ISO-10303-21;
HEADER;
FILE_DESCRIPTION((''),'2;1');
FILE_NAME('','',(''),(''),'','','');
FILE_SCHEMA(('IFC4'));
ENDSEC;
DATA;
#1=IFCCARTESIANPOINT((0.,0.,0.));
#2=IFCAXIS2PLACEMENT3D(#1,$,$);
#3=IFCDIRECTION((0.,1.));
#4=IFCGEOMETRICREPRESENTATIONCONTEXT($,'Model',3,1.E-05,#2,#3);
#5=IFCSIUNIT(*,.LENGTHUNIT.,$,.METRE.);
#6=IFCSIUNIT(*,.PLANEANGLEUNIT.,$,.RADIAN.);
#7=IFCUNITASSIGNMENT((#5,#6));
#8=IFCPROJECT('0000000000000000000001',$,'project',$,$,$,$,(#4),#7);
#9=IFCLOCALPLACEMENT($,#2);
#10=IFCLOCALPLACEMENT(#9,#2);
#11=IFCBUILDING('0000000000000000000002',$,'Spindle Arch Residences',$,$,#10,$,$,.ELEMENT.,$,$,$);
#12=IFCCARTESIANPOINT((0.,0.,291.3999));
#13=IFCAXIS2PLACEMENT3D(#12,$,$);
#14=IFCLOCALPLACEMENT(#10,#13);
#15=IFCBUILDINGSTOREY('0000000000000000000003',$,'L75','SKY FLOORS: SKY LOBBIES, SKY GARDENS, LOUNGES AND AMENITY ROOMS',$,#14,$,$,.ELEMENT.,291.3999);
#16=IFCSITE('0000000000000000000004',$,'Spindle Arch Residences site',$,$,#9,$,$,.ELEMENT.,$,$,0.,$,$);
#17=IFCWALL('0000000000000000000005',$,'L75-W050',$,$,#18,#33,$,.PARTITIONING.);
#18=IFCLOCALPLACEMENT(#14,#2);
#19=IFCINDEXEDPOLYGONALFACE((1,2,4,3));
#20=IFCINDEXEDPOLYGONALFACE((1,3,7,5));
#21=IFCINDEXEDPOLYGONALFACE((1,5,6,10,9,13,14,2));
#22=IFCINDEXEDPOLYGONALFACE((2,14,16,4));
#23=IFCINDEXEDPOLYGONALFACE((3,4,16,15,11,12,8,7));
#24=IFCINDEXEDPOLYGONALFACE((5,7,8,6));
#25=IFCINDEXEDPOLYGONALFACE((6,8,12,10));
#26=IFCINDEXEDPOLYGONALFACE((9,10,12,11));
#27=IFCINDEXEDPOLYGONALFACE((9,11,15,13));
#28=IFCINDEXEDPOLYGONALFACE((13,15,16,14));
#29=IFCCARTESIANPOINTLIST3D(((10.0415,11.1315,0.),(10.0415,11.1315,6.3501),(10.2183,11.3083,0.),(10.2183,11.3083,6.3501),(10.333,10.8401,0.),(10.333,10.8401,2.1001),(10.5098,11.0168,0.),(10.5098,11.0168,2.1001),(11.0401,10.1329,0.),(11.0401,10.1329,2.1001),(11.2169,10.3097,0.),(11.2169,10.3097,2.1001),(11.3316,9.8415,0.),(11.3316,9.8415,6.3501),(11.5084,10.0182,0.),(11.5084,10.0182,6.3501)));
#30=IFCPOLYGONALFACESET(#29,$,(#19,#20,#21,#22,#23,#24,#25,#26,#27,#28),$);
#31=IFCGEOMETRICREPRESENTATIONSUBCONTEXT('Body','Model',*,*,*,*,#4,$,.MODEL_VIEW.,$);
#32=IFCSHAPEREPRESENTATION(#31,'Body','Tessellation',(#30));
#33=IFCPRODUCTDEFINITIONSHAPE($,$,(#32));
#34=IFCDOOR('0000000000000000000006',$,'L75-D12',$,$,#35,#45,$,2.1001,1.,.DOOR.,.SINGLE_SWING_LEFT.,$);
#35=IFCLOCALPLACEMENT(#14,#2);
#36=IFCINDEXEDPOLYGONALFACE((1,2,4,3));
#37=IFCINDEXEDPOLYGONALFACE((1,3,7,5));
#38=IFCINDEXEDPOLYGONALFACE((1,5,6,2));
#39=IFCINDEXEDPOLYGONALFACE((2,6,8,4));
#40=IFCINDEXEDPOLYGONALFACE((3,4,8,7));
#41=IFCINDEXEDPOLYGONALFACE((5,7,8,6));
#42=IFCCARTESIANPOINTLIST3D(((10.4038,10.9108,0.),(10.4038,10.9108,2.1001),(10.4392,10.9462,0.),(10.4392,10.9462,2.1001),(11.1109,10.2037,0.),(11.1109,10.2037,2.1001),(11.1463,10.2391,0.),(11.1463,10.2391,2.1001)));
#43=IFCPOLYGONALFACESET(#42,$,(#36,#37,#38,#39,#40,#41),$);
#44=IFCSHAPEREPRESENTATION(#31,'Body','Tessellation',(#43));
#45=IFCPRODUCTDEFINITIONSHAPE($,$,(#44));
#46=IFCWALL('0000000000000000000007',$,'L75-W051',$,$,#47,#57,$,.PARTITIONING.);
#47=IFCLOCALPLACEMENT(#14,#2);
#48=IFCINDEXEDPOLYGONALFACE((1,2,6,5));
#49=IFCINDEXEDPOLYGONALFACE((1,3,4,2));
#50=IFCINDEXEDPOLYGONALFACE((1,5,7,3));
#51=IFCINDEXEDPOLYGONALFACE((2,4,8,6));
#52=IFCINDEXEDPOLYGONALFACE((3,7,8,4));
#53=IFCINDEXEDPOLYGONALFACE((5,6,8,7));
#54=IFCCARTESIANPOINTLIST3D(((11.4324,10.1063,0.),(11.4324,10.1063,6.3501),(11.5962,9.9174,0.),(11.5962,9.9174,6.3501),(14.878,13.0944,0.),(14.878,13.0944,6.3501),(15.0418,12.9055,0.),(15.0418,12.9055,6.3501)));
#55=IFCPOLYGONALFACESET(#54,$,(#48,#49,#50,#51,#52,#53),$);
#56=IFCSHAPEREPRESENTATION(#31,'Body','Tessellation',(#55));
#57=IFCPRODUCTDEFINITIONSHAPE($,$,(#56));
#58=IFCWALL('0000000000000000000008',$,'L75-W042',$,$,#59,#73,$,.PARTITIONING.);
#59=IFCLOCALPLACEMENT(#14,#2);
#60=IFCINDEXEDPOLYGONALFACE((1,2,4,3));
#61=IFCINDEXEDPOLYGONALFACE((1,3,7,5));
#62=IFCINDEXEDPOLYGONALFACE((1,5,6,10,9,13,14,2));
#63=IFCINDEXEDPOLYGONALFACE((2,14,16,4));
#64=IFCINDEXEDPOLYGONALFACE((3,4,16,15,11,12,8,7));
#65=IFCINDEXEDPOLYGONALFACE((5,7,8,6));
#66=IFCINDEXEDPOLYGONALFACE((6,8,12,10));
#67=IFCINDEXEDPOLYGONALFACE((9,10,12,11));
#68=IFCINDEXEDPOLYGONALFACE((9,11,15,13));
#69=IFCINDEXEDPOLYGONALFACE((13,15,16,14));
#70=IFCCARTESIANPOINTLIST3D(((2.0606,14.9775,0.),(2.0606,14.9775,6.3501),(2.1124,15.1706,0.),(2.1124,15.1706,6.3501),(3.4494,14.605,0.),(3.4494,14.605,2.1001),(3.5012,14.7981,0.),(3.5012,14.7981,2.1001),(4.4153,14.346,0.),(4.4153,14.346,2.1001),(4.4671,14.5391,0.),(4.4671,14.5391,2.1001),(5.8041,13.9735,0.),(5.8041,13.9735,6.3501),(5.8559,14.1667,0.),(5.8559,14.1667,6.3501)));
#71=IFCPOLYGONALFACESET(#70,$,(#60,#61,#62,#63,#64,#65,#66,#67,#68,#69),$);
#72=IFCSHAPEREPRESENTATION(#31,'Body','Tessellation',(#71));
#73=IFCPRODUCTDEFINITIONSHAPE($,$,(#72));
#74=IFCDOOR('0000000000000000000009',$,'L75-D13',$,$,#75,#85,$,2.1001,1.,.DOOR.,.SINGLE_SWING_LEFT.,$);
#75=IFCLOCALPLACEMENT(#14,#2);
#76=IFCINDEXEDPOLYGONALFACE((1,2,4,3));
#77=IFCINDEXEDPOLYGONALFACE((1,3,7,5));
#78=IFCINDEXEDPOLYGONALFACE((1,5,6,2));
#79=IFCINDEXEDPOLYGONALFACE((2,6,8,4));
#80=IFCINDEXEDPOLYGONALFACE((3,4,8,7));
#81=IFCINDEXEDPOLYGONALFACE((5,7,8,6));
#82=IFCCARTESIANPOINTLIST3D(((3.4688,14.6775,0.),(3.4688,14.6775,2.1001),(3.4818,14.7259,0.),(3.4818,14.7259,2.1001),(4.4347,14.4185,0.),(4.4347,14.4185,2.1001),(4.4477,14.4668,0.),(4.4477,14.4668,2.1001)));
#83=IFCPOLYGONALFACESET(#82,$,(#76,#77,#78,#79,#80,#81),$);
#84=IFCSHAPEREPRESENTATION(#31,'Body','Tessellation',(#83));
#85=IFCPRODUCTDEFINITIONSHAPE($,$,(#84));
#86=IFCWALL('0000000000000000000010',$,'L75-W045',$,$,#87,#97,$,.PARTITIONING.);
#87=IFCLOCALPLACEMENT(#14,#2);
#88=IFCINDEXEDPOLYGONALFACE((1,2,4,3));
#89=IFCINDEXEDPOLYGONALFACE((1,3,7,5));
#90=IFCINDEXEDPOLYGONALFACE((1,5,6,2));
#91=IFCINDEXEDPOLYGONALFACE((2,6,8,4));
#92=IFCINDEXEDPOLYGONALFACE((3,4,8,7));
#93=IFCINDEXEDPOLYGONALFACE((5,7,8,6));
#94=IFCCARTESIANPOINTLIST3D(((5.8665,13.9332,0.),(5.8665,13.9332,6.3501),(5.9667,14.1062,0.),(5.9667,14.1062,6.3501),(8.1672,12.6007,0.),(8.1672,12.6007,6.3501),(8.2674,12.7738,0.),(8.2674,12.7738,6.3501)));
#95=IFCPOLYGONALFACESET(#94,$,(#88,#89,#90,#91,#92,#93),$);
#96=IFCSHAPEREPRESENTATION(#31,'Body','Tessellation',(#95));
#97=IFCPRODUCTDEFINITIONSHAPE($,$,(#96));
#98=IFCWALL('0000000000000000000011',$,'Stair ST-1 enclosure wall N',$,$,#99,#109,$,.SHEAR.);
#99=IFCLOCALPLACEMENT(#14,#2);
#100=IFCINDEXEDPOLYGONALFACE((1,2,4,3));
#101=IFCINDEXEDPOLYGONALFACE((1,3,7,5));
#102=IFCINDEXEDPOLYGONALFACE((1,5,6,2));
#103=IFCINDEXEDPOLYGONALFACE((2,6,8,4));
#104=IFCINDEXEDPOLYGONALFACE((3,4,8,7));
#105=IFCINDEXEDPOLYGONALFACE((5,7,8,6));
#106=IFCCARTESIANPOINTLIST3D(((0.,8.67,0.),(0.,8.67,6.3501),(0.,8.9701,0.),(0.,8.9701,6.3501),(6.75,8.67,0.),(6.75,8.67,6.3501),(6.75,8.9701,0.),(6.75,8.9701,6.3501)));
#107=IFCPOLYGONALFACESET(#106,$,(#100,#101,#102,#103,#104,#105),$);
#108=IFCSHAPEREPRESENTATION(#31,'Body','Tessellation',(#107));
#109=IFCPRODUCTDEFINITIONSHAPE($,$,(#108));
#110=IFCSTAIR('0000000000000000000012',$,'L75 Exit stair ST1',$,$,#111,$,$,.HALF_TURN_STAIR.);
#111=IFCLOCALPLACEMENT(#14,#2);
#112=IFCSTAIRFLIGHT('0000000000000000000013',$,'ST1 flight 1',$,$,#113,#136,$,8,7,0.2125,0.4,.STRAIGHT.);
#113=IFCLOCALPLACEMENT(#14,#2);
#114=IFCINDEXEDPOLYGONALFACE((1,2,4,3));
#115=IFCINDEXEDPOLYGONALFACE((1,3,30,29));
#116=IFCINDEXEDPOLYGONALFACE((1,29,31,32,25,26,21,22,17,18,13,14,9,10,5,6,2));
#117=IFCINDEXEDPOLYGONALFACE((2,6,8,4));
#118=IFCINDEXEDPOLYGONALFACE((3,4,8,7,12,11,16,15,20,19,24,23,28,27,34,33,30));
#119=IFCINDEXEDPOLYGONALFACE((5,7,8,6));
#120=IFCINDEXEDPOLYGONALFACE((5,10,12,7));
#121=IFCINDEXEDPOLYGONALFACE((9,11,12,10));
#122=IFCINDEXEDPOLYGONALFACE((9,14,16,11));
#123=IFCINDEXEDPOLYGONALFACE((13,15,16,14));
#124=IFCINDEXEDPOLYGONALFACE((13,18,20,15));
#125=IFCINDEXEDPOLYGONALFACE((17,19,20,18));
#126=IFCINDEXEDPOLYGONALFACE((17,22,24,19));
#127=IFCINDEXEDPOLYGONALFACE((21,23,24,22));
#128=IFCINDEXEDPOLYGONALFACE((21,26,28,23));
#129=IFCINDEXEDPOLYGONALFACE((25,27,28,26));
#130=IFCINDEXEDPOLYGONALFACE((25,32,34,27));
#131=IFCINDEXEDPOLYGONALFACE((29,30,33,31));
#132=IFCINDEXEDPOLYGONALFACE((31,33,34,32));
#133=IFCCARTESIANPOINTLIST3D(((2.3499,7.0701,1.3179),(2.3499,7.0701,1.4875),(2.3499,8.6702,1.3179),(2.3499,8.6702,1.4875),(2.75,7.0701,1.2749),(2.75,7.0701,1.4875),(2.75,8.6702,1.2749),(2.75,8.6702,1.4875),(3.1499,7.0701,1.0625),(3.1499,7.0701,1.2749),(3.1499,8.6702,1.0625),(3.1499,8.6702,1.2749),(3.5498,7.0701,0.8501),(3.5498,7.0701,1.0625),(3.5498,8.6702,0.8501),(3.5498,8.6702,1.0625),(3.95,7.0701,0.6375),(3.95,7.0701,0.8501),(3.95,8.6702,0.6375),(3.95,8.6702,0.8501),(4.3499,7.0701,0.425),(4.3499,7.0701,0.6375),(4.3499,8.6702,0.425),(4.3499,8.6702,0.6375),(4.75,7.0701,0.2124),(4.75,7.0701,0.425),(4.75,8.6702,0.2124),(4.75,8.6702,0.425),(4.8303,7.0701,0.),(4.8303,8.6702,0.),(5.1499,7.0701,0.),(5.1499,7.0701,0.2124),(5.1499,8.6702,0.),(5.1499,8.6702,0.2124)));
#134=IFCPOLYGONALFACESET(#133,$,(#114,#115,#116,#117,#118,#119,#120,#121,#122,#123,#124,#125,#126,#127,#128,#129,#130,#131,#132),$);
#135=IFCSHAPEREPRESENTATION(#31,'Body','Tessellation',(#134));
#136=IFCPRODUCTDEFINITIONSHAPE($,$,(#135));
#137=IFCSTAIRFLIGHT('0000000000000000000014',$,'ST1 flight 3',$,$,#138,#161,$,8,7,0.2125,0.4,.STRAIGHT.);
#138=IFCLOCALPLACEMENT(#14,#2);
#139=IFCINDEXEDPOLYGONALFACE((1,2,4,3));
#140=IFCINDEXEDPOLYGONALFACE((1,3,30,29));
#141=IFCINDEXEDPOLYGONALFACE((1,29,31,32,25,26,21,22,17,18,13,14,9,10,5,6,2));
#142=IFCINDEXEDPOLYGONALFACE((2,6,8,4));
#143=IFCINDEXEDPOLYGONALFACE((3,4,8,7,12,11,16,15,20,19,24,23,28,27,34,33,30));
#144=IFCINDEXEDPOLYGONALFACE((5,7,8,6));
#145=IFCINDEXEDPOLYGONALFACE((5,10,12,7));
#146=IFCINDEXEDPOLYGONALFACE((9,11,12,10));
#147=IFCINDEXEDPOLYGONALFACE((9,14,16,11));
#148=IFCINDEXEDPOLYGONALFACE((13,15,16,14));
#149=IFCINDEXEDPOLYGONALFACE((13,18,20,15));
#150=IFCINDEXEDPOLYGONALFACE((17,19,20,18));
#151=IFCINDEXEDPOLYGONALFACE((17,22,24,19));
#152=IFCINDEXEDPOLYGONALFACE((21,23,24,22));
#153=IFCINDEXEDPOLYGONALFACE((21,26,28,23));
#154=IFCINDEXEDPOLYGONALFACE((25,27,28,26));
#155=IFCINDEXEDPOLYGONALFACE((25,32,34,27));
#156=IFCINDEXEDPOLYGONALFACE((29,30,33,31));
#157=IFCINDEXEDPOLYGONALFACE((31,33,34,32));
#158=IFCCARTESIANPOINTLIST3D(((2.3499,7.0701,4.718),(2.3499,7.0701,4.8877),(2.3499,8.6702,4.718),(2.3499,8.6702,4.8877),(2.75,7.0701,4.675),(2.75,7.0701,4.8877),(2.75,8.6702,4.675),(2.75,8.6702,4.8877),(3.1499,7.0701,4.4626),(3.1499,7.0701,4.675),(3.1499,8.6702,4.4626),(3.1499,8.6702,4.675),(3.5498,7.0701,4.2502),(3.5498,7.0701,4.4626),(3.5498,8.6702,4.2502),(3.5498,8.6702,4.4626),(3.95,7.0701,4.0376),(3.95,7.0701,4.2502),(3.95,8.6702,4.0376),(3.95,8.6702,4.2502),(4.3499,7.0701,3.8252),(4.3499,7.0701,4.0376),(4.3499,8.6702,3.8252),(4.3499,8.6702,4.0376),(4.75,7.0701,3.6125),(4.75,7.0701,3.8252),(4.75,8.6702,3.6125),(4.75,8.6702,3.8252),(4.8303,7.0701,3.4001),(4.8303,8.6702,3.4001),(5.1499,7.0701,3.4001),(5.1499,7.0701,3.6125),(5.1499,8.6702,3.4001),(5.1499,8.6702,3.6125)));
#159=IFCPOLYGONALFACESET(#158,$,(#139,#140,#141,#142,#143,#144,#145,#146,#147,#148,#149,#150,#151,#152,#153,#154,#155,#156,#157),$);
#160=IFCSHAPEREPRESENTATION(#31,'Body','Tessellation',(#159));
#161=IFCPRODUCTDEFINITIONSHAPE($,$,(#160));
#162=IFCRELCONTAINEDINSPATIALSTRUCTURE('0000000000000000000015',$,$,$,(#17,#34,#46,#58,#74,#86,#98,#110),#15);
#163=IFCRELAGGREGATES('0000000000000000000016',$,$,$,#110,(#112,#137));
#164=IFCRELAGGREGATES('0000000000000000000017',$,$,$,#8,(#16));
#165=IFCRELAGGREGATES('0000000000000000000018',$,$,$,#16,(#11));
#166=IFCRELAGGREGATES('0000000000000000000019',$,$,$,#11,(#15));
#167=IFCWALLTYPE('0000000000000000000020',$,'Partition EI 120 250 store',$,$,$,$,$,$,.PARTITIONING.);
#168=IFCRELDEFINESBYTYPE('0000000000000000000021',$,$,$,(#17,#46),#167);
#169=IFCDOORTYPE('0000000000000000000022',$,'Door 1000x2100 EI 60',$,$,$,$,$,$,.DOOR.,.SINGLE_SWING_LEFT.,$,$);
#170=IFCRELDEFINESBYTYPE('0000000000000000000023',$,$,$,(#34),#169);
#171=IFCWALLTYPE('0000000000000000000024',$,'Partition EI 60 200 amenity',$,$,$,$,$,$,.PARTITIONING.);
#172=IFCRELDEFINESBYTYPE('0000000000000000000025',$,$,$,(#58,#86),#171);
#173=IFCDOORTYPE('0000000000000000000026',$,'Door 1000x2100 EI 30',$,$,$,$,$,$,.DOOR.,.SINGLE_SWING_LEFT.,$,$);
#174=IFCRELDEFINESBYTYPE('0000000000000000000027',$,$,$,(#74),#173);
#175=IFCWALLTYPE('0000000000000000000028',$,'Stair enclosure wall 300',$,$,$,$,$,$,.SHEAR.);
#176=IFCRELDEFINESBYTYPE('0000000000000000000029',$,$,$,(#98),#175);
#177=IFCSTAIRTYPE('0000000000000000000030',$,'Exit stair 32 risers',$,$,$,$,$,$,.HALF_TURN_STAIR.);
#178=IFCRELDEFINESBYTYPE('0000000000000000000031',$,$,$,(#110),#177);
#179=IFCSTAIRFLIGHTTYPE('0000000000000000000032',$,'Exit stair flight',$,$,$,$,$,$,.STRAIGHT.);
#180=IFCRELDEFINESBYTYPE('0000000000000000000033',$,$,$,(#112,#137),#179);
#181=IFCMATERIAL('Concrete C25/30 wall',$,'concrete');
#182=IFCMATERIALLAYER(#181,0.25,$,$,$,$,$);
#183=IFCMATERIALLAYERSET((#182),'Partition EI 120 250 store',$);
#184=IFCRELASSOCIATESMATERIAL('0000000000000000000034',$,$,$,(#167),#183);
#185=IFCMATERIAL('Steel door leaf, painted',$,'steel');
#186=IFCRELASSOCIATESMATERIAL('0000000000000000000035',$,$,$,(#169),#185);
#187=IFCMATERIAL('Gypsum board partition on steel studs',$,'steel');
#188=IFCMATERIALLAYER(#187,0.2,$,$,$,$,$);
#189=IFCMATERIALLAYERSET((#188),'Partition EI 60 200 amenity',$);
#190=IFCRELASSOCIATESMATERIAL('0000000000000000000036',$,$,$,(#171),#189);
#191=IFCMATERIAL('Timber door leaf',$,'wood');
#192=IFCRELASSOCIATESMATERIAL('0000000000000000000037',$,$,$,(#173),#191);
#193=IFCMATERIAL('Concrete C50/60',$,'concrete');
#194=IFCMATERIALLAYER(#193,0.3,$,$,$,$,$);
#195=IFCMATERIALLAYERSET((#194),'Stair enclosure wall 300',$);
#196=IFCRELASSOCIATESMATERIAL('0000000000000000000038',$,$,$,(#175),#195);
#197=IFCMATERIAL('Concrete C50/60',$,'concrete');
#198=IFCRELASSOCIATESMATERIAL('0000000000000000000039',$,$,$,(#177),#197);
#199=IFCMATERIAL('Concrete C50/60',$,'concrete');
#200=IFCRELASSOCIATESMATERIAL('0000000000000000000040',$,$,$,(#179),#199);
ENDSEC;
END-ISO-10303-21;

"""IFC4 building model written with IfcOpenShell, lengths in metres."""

from ifc_helpers import new_model, si_unit, direction, frame, frame_2d, origin, place, context, subcontext, project, spatial, polyline, rectangle, outline, extrude, material, layer, layer_set, type_object, element, fill, aggregate, save


model = new_model("IFC4")

# Units and contexts
model_context = context("Model", 3, precision=1e-05, world=origin(), true_north=direction((0.0, 1.0)))
body_context = subcontext(model_context, "Body", "Model", "MODEL_VIEW")
ifc_project = project(units=[si_unit("LENGTHUNIT", "METRE"), si_unit("PLANEANGLEUNIT", "RADIAN")], contexts=[model_context])

# Site, building, storey
site_placement = place(None, origin())
site = spatial("IfcSite", under=ifc_project, at=site_placement, Name="Spindle Arch Residences site", CompositionType="ELEMENT", RefElevation=0.0)
building_placement = place(site_placement, origin())
building = spatial("IfcBuilding", under=site, at=building_placement, Name="Spindle Arch Residences", CompositionType="ELEMENT")
storey_placement = place(building_placement, frame((0.0, 0.0, 291.3999)))
storey = spatial("IfcBuildingStorey", under=building, at=storey_placement, Name="L75", Description="SKY FLOORS: SKY LOBBIES, SKY GARDENS, LOUNGES AND AMENITY ROOMS", CompositionType="ELEMENT", Elevation=291.3999)

# Shared definitions
ifc_material_1 = material(Name="Concrete C25/30 wall", Category="concrete")
ifc_layer_1 = layer(ifc_material_1, 0.25)
ifc_layer_set_1 = layer_set([ifc_layer_1], Name="Partition EI 120 250 store")
wall_type_1 = type_object("IfcWallType", Name="Partition EI 120 250 store", PredefinedType="PARTITIONING", material=ifc_layer_set_1)

# Wall, opening, door
wall_1_placement = place(storey_placement, frame((11.4199, 9.9299, 0.0), z_axis=(0.0, 0.0, 1.0), x_axis=(-0.707107, 0.707107, 0.0)))
wall_1 = element("IfcWall", 1, at=wall_1_placement, inside=storey, type_object=wall_type_1, Name="L75-W050", PredefinedType="PARTITIONING", context=body_context, shape_type="SweptSolid", body=[
    extrude(rectangle(XDim=1.8245, YDim=0.25, at=frame_2d((0.9121, 0.0))), origin(), (0.0, 0.0, 1.0), 6.3501),
])
opening_1_placement = place(wall_1_placement, frame((0.4121, 0.0, 0.0)))
opening_1 = element("IfcOpeningElement", 2, at=opening_1_placement, cuts=wall_1, PredefinedType="OPENING", context=body_context, shape_type="SweptSolid", body=[
    extrude(rectangle(XDim=1.0, YDim=2.1001, at=frame_2d((0.5, 1.05))), frame((0.0, 0.135, 0.0), z_axis=(0.0, -1.0, 0.0), x_axis=(1.0, 0.0, 0.0)), (0.0, 0.0, 1.0), 0.27),
])
ifc_material_2 = material(Name="Steel door leaf, painted", Category="steel")
door_type_1 = type_object("IfcDoorType", Name="Door 1000x2100 EI 60", OperationType="SINGLE_SWING_LEFT", PredefinedType="DOOR", material=ifc_material_2)
door_1_placement = place(opening_1_placement, origin())
door_1 = element("IfcDoor", 3, at=door_1_placement, inside=storey, type_object=door_type_1, Name="L75-D12", OperationType="SINGLE_SWING_LEFT", OverallHeight=2.1001, OverallWidth=1.0, PredefinedType="DOOR", context=body_context, shape_type="SweptSolid", body=[
    extrude(rectangle(XDim=1.0, YDim=2.1001, at=frame_2d((0.5, 1.05))), frame((0.0, 0.0249, 0.0), z_axis=(0.0, -1.0, 0.0), x_axis=(1.0, 0.0, 0.0)), (0.0, 0.0, 1.0), 0.05),
])
fill(opening_1, door_1)

# Wall
wall_2_placement = place(storey_placement, frame((11.5144, 10.012, 0.0), z_axis=(0.0, 0.0, 1.0), x_axis=(0.755484, 0.655167, 0.0)))
element("IfcWall", 4, at=wall_2_placement, inside=storey, type_object=wall_type_1, Name="L75-W051", PredefinedType="PARTITIONING", context=body_context, shape_type="SweptSolid", body=[
    extrude(rectangle(XDim=4.5608, YDim=0.25, at=frame_2d((2.2803, 0.0))), origin(), (0.0, 0.0, 1.0), 6.3501),
])

# Wall, opening, door
ifc_material_3 = material(Name="Gypsum board partition on steel studs", Category="steel")
ifc_layer_2 = layer(ifc_material_3, 0.2)
ifc_layer_set_2 = layer_set([ifc_layer_2], Name="Partition EI 60 200 amenity")
wall_type_2 = type_object("IfcWallType", Name="Partition EI 60 200 amenity", PredefinedType="PARTITIONING", material=ifc_layer_set_2)
wall_3_placement = place(storey_placement, frame((5.8301, 14.0701, 0.0), z_axis=(0.0, 0.0, 1.0), x_axis=(-0.96587, 0.259027, 0.0)))
wall_3 = element("IfcWall", 5, at=wall_3_placement, inside=storey, type_object=wall_type_2, Name="L75-W042", PredefinedType="PARTITIONING", context=body_context, shape_type="SweptSolid", body=[
    extrude(rectangle(XDim=3.8757, YDim=0.2, at=frame_2d((1.938, 0.0))), origin(), (0.0, 0.0, 1.0), 6.3501),
])
opening_2_placement = place(wall_3_placement, frame((1.438, 0.0, 0.0)))
opening_2 = element("IfcOpeningElement", 6, at=opening_2_placement, cuts=wall_3, PredefinedType="OPENING", context=body_context, shape_type="SweptSolid", body=[
    extrude(rectangle(XDim=1.0, YDim=2.1001, at=frame_2d((0.5, 1.05))), frame((0.0, 0.1099, 0.0), z_axis=(0.0, -1.0, 0.0), x_axis=(1.0, 0.0, 0.0)), (0.0, 0.0, 1.0), 0.22),
])
ifc_material_4 = material(Name="Timber door leaf", Category="wood")
door_type_2 = type_object("IfcDoorType", Name="Door 1000x2100 EI 30", OperationType="SINGLE_SWING_LEFT", PredefinedType="DOOR", material=ifc_material_4)
door_2_placement = place(opening_2_placement, origin())
door_2 = element("IfcDoor", 7, at=door_2_placement, inside=storey, type_object=door_type_2, Name="L75-D13", OperationType="SINGLE_SWING_LEFT", OverallHeight=2.1001, OverallWidth=1.0, PredefinedType="DOOR", context=body_context, shape_type="SweptSolid", body=[
    extrude(rectangle(XDim=1.0, YDim=2.1001, at=frame_2d((0.5, 1.05))), frame((0.0, 0.0249, 0.0), z_axis=(0.0, -1.0, 0.0), x_axis=(1.0, 0.0, 0.0)), (0.0, 0.0, 1.0), 0.05),
])
fill(opening_2, door_2)

# Walls
wall_4_placement = place(storey_placement, frame((8.2173, 12.6873, 0.0), z_axis=(0.0, 0.0, 1.0), x_axis=(-0.865347, 0.501174, 0.0)))
element("IfcWall", 8, at=wall_4_placement, inside=storey, type_object=wall_type_2, Name="L75-W045", PredefinedType="PARTITIONING", context=body_context, shape_type="SweptSolid", body=[
    extrude(rectangle(XDim=2.6587, YDim=0.2, at=frame_2d((1.3293, 0.0))), origin(), (0.0, 0.0, 1.0), 6.3501),
])
ifc_material_5 = material(Name="Concrete C50/60", Category="concrete")
ifc_layer_3 = layer(ifc_material_5, 0.3)
ifc_layer_set_3 = layer_set([ifc_layer_3], Name="Stair enclosure wall 300")
wall_type_3 = type_object("IfcWallType", Name="Stair enclosure wall 300", PredefinedType="SHEAR", material=ifc_layer_set_3)
wall_5_placement = place(storey_placement, frame((0.0, 8.8201, 0.0), z_axis=(0.0, 0.0, 1.0), x_axis=(1.0, 0.0, 0.0)))
element("IfcWall", 9, at=wall_5_placement, inside=storey, type_object=wall_type_3, Name="Stair ST-1 enclosure wall N", PredefinedType="SHEAR", context=body_context, shape_type="SweptSolid", body=[
    extrude(rectangle(XDim=6.75, YDim=0.3, at=frame_2d((3.375, 0.0))), origin(), (0.0, 0.0, 1.0), 6.3501),
])

# Stair, stair flights
ifc_material_6 = material(Name="Concrete C50/60", Category="concrete")
stair_type = type_object("IfcStairType", Name="Exit stair 32 risers", PredefinedType="HALF_TURN_STAIR", material=ifc_material_6)
stair_placement = place(storey_placement, origin())
stair = element("IfcStair", 10, at=stair_placement, inside=storey, type_object=stair_type, Name="L75 Exit stair ST1", PredefinedType="HALF_TURN_STAIR")
ifc_material_7 = material(Name="Concrete C50/60", Category="concrete")
stair_flight_type = type_object("IfcStairFlightType", Name="Exit stair flight", PredefinedType="STRAIGHT", material=ifc_material_7)
stair_flight_1_placement = place(storey_placement, frame((5.1499, 7.8701, 0.0), z_axis=(0.0, 0.0, 1.0), x_axis=(-1.0, 0.0, 0.0)))
stair_flight_1 = element("IfcStairFlight", 11, at=stair_flight_1_placement, type_object=stair_flight_type, Name="ST1 flight 1", NumberOfRisers=8, NumberOfTreads=7, PredefinedType="STRAIGHT", RiserHeight=0.2125, TreadLength=0.4, context=body_context, shape_type="SweptSolid", body=[
    extrude(outline(polyline([(0.0, 0.0), (0.0, 0.2124), (0.3999, 0.2124), (0.3999, 0.425), (0.8, 0.425), (0.8, 0.6375), (1.2, 0.6375), (1.2, 0.8501), (1.6001, 0.8501), (1.6001, 1.0625), (2.0, 1.0625), (2.0, 1.2749), (2.3999, 1.2749), (2.3999, 1.4875), (2.8, 1.4875), (2.8, 1.7), (2.8, 1.3179), (0.3196, 0.0), (0.0, 0.0)])), frame((0.0, 0.8, 0.0), z_axis=(0.0, -1.0, 0.0), x_axis=(1.0, 0.0, 0.0)), (0.0, 0.0, 1.0), 1.6001),
])
stair_flight_2_placement = place(storey_placement, frame((5.1499, 7.8701, 3.4001), z_axis=(0.0, 0.0, 1.0), x_axis=(-1.0, 0.0, 0.0)))
stair_flight_2 = element("IfcStairFlight", 12, at=stair_flight_2_placement, type_object=stair_flight_type, Name="ST1 flight 3", NumberOfRisers=8, NumberOfTreads=7, PredefinedType="STRAIGHT", RiserHeight=0.2125, TreadLength=0.4, context=body_context, shape_type="SweptSolid", body=[
    extrude(outline(polyline([(0.0, 0.0), (0.0, 0.2124), (0.3999, 0.2124), (0.3999, 0.425), (0.8, 0.425), (0.8, 0.6375), (1.2, 0.6375), (1.2, 0.8501), (1.6001, 0.8501), (1.6001, 1.0625), (2.0, 1.0625), (2.0, 1.2749), (2.3999, 1.2749), (2.3999, 1.4875), (2.8, 1.4875), (2.8, 1.7), (2.8, 1.3179), (0.3196, 0.0), (0.0, 0.0)])), frame((0.0, 0.8, 0.0), z_axis=(0.0, -1.0, 0.0), x_axis=(1.0, 0.0, 0.0)), (0.0, 0.0, 1.0), 1.6001),
])
aggregate(stair, [stair_flight_1, stair_flight_2])

save(model, "model.ifc")
